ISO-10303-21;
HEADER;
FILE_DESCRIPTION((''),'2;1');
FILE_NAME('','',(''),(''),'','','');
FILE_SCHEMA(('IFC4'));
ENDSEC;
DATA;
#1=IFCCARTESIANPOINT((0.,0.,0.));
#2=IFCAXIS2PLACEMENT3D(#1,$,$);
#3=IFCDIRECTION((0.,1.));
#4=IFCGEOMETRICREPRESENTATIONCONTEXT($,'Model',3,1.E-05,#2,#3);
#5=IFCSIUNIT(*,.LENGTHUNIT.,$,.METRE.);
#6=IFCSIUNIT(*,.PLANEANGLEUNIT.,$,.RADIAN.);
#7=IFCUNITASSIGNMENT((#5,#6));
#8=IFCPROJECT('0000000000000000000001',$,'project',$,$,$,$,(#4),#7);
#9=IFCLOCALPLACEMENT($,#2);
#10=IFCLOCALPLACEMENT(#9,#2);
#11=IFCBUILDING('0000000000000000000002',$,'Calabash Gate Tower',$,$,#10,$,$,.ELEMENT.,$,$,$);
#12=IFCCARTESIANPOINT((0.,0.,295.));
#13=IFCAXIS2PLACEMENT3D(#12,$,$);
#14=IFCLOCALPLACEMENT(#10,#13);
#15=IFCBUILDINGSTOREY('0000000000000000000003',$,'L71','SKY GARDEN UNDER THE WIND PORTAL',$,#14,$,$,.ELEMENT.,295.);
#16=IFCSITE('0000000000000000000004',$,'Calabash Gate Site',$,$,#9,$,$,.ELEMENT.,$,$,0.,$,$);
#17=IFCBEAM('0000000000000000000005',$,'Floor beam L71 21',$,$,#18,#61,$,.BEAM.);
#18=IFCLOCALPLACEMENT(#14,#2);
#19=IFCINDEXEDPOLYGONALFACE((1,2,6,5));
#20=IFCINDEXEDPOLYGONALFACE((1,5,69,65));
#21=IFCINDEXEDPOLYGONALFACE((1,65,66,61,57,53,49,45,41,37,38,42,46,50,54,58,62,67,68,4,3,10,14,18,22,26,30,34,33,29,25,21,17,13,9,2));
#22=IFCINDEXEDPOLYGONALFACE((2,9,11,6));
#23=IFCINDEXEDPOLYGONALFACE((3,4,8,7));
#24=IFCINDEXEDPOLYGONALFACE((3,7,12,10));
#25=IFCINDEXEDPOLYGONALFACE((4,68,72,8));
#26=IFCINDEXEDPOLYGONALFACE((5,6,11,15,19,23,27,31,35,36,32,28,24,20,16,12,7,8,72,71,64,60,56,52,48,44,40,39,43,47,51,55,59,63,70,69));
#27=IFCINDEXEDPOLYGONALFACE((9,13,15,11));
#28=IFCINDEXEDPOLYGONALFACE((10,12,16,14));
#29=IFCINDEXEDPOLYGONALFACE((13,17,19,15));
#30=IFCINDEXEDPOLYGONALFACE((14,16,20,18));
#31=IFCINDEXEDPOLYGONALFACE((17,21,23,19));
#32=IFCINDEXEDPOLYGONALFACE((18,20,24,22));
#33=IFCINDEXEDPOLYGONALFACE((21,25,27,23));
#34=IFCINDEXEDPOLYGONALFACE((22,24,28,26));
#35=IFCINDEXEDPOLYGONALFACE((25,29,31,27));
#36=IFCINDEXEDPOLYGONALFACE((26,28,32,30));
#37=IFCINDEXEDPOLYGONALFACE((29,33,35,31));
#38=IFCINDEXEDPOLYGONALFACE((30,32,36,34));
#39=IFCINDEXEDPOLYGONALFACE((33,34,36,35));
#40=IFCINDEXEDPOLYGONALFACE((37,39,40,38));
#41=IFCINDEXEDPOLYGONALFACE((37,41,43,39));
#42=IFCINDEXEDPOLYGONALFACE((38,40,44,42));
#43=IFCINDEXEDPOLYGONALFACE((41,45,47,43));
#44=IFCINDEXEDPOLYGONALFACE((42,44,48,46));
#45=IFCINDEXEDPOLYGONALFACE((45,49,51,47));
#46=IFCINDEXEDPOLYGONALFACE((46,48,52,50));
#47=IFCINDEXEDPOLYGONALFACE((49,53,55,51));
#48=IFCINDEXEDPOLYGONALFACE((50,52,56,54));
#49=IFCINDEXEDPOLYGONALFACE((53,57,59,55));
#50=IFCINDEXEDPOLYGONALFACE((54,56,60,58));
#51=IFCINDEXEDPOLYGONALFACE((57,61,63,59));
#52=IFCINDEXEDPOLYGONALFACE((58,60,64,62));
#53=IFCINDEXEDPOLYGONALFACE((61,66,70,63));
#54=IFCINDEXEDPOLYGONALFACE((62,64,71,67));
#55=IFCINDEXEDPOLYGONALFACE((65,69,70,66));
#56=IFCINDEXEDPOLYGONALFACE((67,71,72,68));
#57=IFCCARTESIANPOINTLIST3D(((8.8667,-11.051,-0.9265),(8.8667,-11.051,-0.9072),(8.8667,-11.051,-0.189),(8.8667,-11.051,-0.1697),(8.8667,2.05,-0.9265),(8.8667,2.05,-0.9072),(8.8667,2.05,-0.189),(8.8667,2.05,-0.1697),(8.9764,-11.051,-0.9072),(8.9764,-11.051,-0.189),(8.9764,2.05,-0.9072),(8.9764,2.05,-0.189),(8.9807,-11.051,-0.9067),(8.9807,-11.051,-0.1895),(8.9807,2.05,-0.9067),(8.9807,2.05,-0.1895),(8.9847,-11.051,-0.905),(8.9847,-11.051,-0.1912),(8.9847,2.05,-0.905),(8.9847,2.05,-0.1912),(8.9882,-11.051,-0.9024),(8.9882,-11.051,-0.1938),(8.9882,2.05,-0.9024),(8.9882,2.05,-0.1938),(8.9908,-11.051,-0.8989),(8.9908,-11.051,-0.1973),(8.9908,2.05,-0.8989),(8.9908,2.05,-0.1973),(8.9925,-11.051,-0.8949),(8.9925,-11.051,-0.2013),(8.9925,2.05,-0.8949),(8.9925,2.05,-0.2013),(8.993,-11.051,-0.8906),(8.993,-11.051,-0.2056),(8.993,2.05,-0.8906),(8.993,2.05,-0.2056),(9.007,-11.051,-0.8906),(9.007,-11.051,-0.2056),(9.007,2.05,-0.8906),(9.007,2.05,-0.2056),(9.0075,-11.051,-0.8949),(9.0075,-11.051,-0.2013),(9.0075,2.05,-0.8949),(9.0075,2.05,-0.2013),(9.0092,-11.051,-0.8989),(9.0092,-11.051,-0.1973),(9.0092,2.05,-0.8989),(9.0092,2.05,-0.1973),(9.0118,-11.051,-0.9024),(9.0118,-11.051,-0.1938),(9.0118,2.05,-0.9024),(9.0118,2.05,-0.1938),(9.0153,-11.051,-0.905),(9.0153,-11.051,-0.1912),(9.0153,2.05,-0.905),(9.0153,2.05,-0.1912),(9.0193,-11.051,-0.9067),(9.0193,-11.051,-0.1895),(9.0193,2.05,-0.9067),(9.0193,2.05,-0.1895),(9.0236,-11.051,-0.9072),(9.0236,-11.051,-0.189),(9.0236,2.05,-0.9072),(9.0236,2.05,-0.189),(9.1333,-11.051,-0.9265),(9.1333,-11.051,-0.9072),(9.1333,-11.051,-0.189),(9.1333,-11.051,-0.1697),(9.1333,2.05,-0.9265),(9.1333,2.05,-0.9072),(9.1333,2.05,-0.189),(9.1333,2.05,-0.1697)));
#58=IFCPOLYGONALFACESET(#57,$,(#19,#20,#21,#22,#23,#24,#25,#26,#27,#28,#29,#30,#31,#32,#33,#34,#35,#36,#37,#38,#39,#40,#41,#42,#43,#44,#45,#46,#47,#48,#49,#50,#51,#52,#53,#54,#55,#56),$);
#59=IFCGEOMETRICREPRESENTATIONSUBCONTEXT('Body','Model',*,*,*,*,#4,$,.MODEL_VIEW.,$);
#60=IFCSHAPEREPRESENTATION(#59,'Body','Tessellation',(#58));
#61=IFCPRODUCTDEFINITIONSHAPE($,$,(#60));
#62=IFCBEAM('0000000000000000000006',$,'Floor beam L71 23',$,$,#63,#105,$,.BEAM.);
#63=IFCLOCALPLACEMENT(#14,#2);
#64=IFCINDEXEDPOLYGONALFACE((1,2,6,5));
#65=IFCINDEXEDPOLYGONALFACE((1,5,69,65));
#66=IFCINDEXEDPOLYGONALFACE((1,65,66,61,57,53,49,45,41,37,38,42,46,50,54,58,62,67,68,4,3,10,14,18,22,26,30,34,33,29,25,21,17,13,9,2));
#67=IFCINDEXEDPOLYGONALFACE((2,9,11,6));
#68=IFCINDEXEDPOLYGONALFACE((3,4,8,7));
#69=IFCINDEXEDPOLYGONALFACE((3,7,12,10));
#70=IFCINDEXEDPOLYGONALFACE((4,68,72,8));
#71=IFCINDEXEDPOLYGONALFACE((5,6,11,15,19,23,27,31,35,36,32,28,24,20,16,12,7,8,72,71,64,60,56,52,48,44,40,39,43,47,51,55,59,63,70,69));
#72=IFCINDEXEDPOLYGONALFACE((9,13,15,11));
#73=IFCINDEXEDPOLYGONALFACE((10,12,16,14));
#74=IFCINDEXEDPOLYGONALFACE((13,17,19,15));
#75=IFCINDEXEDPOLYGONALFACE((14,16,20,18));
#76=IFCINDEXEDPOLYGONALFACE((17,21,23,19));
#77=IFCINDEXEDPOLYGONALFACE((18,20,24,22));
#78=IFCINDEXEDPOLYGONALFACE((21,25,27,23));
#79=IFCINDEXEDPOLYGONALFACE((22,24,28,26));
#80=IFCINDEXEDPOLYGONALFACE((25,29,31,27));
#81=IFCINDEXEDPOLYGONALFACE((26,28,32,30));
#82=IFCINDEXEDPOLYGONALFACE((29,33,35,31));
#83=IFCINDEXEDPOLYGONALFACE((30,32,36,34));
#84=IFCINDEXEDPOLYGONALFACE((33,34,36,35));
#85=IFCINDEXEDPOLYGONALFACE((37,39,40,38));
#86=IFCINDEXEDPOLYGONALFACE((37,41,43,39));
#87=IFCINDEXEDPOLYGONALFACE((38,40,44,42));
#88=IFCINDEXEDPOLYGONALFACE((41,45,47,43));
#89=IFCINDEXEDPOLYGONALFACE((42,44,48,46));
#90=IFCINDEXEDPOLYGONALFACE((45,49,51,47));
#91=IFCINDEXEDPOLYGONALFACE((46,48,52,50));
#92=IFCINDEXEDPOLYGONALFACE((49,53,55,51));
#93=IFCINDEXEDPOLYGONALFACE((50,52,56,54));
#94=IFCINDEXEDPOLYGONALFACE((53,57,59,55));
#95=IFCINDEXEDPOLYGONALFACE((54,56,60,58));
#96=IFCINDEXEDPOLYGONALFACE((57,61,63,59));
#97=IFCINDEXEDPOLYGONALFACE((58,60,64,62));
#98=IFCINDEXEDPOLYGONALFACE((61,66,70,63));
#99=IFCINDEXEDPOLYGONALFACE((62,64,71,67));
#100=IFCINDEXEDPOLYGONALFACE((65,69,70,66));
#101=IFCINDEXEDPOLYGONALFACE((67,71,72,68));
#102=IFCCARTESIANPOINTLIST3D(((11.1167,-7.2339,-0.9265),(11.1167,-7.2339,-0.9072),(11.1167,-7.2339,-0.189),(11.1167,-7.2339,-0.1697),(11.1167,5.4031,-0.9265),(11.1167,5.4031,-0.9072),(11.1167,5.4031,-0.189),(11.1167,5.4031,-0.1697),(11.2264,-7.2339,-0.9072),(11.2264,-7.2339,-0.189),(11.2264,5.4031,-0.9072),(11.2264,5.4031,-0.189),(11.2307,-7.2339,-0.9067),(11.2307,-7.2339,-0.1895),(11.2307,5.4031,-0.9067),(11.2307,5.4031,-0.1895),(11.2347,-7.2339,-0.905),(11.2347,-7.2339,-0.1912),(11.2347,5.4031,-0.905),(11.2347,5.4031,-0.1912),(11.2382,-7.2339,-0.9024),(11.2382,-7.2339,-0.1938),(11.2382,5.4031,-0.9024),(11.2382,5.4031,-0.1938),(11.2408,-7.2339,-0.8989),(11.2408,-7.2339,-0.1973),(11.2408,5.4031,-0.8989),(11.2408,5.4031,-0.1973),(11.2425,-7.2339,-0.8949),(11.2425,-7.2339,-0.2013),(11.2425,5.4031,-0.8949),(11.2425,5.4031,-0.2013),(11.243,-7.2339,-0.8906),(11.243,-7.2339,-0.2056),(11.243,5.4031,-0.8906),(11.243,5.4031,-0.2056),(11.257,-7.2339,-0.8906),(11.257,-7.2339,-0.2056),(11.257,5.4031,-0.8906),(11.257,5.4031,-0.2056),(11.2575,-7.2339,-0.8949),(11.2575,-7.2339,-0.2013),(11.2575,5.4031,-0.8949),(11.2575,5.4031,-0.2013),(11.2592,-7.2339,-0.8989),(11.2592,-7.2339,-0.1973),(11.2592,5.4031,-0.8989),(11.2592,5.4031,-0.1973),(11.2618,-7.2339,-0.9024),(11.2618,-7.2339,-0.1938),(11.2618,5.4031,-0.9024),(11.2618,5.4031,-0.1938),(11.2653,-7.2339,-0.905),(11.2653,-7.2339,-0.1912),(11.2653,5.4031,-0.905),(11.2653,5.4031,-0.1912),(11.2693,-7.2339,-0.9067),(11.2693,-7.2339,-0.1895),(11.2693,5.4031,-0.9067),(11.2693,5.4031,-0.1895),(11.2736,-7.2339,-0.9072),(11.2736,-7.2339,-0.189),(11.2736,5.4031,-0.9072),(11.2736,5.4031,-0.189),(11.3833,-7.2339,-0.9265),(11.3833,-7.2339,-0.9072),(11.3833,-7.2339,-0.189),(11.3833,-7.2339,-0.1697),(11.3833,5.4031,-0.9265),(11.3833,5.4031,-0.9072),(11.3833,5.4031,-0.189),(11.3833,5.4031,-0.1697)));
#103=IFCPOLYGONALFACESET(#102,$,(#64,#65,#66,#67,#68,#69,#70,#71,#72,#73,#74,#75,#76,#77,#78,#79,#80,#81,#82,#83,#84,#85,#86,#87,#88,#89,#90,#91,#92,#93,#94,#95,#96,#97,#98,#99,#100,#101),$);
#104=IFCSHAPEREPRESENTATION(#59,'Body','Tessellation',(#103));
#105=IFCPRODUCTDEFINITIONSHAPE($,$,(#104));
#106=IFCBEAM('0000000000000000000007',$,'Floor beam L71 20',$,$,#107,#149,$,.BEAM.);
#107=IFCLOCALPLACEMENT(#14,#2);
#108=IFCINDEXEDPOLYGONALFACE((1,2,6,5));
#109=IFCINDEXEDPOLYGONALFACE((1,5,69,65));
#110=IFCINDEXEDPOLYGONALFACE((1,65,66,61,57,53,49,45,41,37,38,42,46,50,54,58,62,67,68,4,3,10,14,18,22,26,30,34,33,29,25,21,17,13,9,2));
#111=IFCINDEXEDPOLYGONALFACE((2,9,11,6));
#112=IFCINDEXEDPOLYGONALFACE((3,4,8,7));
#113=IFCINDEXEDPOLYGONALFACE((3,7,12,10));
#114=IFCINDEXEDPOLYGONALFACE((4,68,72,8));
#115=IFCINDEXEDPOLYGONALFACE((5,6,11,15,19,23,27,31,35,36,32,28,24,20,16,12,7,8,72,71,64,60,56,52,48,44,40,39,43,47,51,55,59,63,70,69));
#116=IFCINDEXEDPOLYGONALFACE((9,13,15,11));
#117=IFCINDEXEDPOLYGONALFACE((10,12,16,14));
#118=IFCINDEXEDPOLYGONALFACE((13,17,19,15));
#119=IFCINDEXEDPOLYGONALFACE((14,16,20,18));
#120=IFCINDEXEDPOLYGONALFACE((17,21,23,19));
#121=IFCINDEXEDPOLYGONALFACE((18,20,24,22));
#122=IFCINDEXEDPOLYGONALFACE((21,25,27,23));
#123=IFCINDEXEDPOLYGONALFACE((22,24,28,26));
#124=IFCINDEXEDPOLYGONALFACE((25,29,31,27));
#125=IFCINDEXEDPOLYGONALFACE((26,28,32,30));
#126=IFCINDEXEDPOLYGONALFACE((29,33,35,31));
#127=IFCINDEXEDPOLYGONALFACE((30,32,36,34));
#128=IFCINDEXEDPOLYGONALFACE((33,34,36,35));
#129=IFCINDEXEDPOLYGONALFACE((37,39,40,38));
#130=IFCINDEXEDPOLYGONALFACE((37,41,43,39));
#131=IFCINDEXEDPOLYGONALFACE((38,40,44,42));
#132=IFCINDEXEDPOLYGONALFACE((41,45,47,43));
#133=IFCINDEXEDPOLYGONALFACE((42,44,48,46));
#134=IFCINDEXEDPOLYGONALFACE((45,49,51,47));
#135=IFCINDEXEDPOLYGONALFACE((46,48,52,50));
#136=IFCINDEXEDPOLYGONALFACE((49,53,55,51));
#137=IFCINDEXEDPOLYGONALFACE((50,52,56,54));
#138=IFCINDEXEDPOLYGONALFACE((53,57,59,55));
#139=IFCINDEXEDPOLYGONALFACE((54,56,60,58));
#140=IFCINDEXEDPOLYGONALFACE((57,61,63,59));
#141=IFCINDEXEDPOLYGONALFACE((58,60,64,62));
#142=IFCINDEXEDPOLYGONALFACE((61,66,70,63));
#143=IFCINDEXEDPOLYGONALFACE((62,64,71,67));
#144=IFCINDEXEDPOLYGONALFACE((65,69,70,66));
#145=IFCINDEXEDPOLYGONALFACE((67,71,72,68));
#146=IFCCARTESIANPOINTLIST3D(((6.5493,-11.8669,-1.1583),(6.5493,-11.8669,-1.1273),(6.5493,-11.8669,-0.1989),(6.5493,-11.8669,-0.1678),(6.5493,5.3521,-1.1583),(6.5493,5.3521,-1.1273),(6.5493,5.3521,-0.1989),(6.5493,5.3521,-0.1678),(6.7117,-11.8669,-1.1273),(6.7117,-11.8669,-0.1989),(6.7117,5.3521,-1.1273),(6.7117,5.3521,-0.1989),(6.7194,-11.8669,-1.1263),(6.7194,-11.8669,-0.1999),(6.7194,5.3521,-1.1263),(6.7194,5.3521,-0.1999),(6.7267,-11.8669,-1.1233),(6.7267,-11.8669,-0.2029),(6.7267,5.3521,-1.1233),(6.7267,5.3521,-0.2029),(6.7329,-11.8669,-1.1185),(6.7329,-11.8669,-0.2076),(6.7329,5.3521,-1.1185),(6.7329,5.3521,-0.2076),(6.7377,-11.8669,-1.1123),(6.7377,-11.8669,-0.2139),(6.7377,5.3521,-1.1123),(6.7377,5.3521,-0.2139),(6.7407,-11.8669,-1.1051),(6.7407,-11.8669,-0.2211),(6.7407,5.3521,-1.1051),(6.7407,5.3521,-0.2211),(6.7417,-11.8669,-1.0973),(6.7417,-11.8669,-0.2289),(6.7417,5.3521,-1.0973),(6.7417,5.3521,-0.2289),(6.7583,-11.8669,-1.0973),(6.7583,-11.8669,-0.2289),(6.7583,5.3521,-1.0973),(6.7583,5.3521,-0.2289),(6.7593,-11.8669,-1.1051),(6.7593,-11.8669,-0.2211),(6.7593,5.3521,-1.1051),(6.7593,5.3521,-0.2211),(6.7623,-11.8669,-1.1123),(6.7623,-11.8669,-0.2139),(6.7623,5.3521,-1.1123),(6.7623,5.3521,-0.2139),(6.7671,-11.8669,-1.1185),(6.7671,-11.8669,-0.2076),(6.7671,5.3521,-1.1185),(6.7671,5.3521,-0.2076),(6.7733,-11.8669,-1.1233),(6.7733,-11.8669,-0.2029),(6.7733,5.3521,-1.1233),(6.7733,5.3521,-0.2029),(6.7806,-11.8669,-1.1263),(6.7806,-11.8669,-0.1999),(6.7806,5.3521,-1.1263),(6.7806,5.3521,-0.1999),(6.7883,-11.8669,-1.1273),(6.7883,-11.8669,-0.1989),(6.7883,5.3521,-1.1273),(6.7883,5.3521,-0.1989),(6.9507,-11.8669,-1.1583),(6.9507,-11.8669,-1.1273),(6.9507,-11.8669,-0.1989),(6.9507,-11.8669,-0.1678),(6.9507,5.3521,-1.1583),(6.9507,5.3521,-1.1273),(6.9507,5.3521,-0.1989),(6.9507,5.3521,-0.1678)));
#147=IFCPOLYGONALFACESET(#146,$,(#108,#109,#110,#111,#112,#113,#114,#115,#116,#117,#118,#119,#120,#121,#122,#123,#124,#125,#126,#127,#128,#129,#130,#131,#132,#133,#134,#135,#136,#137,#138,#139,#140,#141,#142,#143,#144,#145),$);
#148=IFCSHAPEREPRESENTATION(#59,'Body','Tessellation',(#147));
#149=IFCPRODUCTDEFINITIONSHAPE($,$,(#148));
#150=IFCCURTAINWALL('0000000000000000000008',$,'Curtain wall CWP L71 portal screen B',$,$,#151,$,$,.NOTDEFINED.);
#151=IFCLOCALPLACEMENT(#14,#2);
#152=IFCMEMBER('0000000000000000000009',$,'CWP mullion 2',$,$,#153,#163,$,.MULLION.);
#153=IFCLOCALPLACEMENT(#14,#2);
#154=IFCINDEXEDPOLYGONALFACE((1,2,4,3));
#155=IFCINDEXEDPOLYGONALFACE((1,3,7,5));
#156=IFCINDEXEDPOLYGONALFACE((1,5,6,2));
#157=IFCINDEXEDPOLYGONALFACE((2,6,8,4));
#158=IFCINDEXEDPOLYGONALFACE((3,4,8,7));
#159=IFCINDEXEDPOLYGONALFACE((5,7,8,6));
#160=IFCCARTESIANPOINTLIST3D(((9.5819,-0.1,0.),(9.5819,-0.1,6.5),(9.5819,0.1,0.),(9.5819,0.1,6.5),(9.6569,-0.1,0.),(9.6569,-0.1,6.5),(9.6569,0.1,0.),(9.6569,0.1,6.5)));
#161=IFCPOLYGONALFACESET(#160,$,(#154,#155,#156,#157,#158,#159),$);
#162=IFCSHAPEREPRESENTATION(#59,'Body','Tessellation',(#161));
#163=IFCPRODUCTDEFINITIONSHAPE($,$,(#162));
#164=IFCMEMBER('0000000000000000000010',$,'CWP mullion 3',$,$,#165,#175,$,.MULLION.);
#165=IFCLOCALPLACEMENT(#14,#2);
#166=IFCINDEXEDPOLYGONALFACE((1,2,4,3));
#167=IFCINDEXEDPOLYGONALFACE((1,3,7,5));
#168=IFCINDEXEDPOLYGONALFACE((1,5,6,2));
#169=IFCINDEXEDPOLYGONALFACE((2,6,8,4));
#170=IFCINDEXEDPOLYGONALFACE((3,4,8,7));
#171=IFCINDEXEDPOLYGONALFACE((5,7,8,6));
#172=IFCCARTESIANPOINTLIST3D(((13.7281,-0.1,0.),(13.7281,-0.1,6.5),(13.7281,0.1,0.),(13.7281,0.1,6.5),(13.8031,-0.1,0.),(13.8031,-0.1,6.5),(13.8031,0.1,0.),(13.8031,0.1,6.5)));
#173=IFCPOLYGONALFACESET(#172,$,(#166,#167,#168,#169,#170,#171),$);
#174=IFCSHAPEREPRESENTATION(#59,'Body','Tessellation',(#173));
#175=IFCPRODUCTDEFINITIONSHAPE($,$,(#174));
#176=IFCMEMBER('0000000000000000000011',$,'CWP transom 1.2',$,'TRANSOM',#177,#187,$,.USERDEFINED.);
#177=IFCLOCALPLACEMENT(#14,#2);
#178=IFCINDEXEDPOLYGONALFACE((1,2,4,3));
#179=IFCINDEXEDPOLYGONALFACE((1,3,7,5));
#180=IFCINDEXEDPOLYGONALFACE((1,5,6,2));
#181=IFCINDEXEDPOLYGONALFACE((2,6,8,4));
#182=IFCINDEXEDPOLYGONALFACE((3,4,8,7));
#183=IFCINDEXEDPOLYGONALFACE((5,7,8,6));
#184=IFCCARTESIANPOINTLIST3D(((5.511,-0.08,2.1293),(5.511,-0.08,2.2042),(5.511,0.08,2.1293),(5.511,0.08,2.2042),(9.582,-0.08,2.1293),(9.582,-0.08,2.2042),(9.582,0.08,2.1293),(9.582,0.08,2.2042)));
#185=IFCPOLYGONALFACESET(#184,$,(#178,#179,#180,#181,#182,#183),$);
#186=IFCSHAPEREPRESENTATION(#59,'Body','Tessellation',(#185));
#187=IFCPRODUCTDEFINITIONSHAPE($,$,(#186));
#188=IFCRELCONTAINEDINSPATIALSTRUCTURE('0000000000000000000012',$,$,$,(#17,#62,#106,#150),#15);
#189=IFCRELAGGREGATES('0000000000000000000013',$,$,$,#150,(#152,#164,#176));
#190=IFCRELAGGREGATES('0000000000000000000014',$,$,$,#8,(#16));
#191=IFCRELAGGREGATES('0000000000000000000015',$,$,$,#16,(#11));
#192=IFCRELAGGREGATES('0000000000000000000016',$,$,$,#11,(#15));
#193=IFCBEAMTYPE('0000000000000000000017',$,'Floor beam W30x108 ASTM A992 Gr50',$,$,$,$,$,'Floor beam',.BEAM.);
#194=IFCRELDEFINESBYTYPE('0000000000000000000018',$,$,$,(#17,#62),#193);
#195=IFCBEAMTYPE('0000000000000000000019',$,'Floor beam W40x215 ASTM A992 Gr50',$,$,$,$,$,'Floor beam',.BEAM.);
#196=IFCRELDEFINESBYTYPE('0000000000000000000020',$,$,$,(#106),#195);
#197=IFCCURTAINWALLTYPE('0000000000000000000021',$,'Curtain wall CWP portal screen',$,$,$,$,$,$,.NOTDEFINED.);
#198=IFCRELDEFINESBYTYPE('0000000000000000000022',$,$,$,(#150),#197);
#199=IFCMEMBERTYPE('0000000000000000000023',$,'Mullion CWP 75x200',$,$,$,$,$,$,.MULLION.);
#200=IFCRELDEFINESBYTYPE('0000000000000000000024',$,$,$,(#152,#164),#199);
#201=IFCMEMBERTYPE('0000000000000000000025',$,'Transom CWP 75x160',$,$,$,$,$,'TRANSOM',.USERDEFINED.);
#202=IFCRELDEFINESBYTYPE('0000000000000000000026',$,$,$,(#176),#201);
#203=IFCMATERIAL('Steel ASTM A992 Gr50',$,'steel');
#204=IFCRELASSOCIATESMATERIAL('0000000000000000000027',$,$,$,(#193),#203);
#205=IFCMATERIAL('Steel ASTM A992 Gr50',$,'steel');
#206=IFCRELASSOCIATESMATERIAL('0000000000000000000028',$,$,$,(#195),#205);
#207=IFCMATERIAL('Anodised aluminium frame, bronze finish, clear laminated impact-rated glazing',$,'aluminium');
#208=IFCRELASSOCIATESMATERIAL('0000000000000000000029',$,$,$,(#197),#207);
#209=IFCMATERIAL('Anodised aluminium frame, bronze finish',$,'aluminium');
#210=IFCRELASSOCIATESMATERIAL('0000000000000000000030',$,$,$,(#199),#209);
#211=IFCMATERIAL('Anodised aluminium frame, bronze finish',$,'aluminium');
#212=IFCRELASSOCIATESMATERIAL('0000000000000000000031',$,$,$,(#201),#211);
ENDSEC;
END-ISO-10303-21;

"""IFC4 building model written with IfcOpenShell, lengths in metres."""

from ifc_helpers import new_model, si_unit, direction, frame, origin, origin_2d, place, context, subcontext, project, spatial, rectangle, i_section, extrude, material, material_profile, profile_set, type_object, element, aggregate, save


model = new_model("IFC4")

# Units and contexts
model_context = context("Model", 3, precision=1e-05, world=origin(), true_north=direction((0.0, 1.0)))
body_context = subcontext(model_context, "Body", "Model", "MODEL_VIEW")
ifc_project = project(units=[si_unit("LENGTHUNIT", "METRE"), si_unit("PLANEANGLEUNIT", "RADIAN")], contexts=[model_context])

# Site, building, storey
site_placement = place(None, origin())
site = spatial("IfcSite", under=ifc_project, at=site_placement, Name="Calabash Gate Site", CompositionType="ELEMENT", RefElevation=0.0)
building_placement = place(site_placement, origin())
building = spatial("IfcBuilding", under=site, at=building_placement, Name="Calabash Gate Tower", CompositionType="ELEMENT")
storey_placement = place(building_placement, frame((0.0, 0.0, 295.0)))
storey = spatial("IfcBuildingStorey", under=building, at=storey_placement, Name="L71", Description="SKY GARDEN UNDER THE WIND PORTAL", CompositionType="ELEMENT", Elevation=295.0)

# Beams
ifc_material_1 = material(Name="Steel ASTM A992 Gr50", Category="steel")
ifc_material_profile_1 = material_profile(ifc_material_1, i_section(OverallWidth=0.2666, OverallDepth=0.7568, WebThickness=0.0139, FlangeThickness=0.0193, FilletRadius=0.0166, at=origin_2d()))
ifc_profile_set_1 = profile_set([ifc_material_profile_1], Name="Steel ASTM A992 Gr50")
beam_type_1 = type_object("IfcBeamType", Name="Floor beam W30x108 ASTM A992 Gr50", ElementType="Floor beam", PredefinedType="BEAM", material=ifc_profile_set_1)
beam_1_placement = place(storey_placement, frame((9.0, -11.051, -0.5481), z_axis=(0.0, 1.0, 0.0), x_axis=(-1.0, 0.0, 0.0)))
element("IfcBeam", 1, at=beam_1_placement, inside=storey, type_object=beam_type_1, Name="Floor beam L71 21", PredefinedType="BEAM", context=body_context, shape_type="SweptSolid", body=[
    extrude(i_section(OverallWidth=0.2666, OverallDepth=0.7568, WebThickness=0.0139, FlangeThickness=0.0193, FilletRadius=0.0166, at=origin_2d()), origin(), (0.0, 0.0, 1.0), 13.1011),
])
beam_2_placement = place(storey_placement, frame((11.25, -7.2339, -0.5481), z_axis=(0.0, 1.0, 0.0), x_axis=(-1.0, 0.0, 0.0)))
element("IfcBeam", 2, at=beam_2_placement, inside=storey, type_object=beam_type_1, Name="Floor beam L71 23", PredefinedType="BEAM", context=body_context, shape_type="SweptSolid", body=[
    extrude(i_section(OverallWidth=0.2666, OverallDepth=0.7568, WebThickness=0.0139, FlangeThickness=0.0193, FilletRadius=0.0166, at=origin_2d()), origin(), (0.0, 0.0, 1.0), 12.637),
])
ifc_material_2 = material(Name="Steel ASTM A992 Gr50", Category="steel")
ifc_material_profile_2 = material_profile(ifc_material_2, i_section(OverallWidth=0.4014, OverallDepth=0.9905, WebThickness=0.0166, FlangeThickness=0.031, FilletRadius=0.03, at=origin_2d()))
ifc_profile_set_2 = profile_set([ifc_material_profile_2], Name="Steel ASTM A992 Gr50")
beam_type_2 = type_object("IfcBeamType", Name="Floor beam W40x215 ASTM A992 Gr50", ElementType="Floor beam", PredefinedType="BEAM", material=ifc_profile_set_2)
beam_3_placement = place(storey_placement, frame((6.75, -11.8669, -0.6631), z_axis=(0.0, 1.0, 0.0), x_axis=(-1.0, 0.0, 0.0)))
element("IfcBeam", 3, at=beam_3_placement, inside=storey, type_object=beam_type_2, Name="Floor beam L71 20", PredefinedType="BEAM", context=body_context, shape_type="SweptSolid", body=[
    extrude(i_section(OverallWidth=0.4014, OverallDepth=0.9905, WebThickness=0.0166, FlangeThickness=0.031, FilletRadius=0.03, at=origin_2d()), origin(), (0.0, 0.0, 1.0), 17.219),
])

# Curtain wall, members
ifc_material_3 = material(Name="Anodised aluminium frame, bronze finish, clear laminated impact-rated glazing", Category="aluminium")
curtain_wall_type = type_object("IfcCurtainWallType", Name="Curtain wall CWP portal screen", PredefinedType="NOTDEFINED", material=ifc_material_3)
curtain_wall_placement = place(storey_placement, origin())
curtain_wall = element("IfcCurtainWall", 4, at=curtain_wall_placement, inside=storey, type_object=curtain_wall_type, Name="Curtain wall CWP L71 portal screen B", PredefinedType="NOTDEFINED")
ifc_material_4 = material(Name="Anodised aluminium frame, bronze finish", Category="aluminium")
ifc_material_profile_3 = material_profile(ifc_material_4, rectangle(XDim=0.2, YDim=0.075, at=origin_2d()))
ifc_profile_set_3 = profile_set([ifc_material_profile_3], Name="Anodised aluminium frame, bronze finish")
member_type_1 = type_object("IfcMemberType", Name="Mullion CWP 75x200", PredefinedType="MULLION", material=ifc_profile_set_3)
member_1_placement = place(storey_placement, frame((9.6194, 0.0, 0.0), z_axis=(0.0, 0.0, 1.0), x_axis=(0.0, 1.0, 0.0)))
member_1 = element("IfcMember", 5, at=member_1_placement, type_object=member_type_1, Name="CWP mullion 2", PredefinedType="MULLION", context=body_context, shape_type="SweptSolid", body=[
    extrude(rectangle(XDim=0.2, YDim=0.075, at=origin_2d()), origin(), (0.0, 0.0, 1.0), 6.5),
])
member_2_placement = place(storey_placement, frame((13.7656, 0.0, 0.0), z_axis=(0.0, 0.0, 1.0), x_axis=(0.0, 1.0, 0.0)))
member_2 = element("IfcMember", 6, at=member_2_placement, type_object=member_type_1, Name="CWP mullion 3", PredefinedType="MULLION", context=body_context, shape_type="SweptSolid", body=[
    extrude(rectangle(XDim=0.2, YDim=0.075, at=origin_2d()), origin(), (0.0, 0.0, 1.0), 6.5),
])
ifc_material_5 = material(Name="Anodised aluminium frame, bronze finish", Category="aluminium")
ifc_material_profile_4 = material_profile(ifc_material_5, rectangle(XDim=0.1599, YDim=0.075, at=origin_2d()))
ifc_profile_set_4 = profile_set([ifc_material_profile_4], Name="Anodised aluminium frame, bronze finish")
member_type_2 = type_object("IfcMemberType", Name="Transom CWP 75x160", ElementType="TRANSOM", PredefinedType="USERDEFINED", material=ifc_profile_set_4)
member_3_placement = place(storey_placement, frame((5.511, 0.0, 2.1667), z_axis=(1.0, 0.0, 0.0), x_axis=(0.0, 1.0, 0.0)))
member_3 = element("IfcMember", 7, at=member_3_placement, type_object=member_type_2, Name="CWP transom 1.2", ObjectType="TRANSOM", PredefinedType="USERDEFINED", context=body_context, shape_type="SweptSolid", body=[
    extrude(rectangle(XDim=0.1599, YDim=0.075, at=origin_2d()), origin(), (0.0, 0.0, 1.0), 4.071),
])
aggregate(curtain_wall, [member_1, member_2, member_3])

save(model, "model.ifc")
